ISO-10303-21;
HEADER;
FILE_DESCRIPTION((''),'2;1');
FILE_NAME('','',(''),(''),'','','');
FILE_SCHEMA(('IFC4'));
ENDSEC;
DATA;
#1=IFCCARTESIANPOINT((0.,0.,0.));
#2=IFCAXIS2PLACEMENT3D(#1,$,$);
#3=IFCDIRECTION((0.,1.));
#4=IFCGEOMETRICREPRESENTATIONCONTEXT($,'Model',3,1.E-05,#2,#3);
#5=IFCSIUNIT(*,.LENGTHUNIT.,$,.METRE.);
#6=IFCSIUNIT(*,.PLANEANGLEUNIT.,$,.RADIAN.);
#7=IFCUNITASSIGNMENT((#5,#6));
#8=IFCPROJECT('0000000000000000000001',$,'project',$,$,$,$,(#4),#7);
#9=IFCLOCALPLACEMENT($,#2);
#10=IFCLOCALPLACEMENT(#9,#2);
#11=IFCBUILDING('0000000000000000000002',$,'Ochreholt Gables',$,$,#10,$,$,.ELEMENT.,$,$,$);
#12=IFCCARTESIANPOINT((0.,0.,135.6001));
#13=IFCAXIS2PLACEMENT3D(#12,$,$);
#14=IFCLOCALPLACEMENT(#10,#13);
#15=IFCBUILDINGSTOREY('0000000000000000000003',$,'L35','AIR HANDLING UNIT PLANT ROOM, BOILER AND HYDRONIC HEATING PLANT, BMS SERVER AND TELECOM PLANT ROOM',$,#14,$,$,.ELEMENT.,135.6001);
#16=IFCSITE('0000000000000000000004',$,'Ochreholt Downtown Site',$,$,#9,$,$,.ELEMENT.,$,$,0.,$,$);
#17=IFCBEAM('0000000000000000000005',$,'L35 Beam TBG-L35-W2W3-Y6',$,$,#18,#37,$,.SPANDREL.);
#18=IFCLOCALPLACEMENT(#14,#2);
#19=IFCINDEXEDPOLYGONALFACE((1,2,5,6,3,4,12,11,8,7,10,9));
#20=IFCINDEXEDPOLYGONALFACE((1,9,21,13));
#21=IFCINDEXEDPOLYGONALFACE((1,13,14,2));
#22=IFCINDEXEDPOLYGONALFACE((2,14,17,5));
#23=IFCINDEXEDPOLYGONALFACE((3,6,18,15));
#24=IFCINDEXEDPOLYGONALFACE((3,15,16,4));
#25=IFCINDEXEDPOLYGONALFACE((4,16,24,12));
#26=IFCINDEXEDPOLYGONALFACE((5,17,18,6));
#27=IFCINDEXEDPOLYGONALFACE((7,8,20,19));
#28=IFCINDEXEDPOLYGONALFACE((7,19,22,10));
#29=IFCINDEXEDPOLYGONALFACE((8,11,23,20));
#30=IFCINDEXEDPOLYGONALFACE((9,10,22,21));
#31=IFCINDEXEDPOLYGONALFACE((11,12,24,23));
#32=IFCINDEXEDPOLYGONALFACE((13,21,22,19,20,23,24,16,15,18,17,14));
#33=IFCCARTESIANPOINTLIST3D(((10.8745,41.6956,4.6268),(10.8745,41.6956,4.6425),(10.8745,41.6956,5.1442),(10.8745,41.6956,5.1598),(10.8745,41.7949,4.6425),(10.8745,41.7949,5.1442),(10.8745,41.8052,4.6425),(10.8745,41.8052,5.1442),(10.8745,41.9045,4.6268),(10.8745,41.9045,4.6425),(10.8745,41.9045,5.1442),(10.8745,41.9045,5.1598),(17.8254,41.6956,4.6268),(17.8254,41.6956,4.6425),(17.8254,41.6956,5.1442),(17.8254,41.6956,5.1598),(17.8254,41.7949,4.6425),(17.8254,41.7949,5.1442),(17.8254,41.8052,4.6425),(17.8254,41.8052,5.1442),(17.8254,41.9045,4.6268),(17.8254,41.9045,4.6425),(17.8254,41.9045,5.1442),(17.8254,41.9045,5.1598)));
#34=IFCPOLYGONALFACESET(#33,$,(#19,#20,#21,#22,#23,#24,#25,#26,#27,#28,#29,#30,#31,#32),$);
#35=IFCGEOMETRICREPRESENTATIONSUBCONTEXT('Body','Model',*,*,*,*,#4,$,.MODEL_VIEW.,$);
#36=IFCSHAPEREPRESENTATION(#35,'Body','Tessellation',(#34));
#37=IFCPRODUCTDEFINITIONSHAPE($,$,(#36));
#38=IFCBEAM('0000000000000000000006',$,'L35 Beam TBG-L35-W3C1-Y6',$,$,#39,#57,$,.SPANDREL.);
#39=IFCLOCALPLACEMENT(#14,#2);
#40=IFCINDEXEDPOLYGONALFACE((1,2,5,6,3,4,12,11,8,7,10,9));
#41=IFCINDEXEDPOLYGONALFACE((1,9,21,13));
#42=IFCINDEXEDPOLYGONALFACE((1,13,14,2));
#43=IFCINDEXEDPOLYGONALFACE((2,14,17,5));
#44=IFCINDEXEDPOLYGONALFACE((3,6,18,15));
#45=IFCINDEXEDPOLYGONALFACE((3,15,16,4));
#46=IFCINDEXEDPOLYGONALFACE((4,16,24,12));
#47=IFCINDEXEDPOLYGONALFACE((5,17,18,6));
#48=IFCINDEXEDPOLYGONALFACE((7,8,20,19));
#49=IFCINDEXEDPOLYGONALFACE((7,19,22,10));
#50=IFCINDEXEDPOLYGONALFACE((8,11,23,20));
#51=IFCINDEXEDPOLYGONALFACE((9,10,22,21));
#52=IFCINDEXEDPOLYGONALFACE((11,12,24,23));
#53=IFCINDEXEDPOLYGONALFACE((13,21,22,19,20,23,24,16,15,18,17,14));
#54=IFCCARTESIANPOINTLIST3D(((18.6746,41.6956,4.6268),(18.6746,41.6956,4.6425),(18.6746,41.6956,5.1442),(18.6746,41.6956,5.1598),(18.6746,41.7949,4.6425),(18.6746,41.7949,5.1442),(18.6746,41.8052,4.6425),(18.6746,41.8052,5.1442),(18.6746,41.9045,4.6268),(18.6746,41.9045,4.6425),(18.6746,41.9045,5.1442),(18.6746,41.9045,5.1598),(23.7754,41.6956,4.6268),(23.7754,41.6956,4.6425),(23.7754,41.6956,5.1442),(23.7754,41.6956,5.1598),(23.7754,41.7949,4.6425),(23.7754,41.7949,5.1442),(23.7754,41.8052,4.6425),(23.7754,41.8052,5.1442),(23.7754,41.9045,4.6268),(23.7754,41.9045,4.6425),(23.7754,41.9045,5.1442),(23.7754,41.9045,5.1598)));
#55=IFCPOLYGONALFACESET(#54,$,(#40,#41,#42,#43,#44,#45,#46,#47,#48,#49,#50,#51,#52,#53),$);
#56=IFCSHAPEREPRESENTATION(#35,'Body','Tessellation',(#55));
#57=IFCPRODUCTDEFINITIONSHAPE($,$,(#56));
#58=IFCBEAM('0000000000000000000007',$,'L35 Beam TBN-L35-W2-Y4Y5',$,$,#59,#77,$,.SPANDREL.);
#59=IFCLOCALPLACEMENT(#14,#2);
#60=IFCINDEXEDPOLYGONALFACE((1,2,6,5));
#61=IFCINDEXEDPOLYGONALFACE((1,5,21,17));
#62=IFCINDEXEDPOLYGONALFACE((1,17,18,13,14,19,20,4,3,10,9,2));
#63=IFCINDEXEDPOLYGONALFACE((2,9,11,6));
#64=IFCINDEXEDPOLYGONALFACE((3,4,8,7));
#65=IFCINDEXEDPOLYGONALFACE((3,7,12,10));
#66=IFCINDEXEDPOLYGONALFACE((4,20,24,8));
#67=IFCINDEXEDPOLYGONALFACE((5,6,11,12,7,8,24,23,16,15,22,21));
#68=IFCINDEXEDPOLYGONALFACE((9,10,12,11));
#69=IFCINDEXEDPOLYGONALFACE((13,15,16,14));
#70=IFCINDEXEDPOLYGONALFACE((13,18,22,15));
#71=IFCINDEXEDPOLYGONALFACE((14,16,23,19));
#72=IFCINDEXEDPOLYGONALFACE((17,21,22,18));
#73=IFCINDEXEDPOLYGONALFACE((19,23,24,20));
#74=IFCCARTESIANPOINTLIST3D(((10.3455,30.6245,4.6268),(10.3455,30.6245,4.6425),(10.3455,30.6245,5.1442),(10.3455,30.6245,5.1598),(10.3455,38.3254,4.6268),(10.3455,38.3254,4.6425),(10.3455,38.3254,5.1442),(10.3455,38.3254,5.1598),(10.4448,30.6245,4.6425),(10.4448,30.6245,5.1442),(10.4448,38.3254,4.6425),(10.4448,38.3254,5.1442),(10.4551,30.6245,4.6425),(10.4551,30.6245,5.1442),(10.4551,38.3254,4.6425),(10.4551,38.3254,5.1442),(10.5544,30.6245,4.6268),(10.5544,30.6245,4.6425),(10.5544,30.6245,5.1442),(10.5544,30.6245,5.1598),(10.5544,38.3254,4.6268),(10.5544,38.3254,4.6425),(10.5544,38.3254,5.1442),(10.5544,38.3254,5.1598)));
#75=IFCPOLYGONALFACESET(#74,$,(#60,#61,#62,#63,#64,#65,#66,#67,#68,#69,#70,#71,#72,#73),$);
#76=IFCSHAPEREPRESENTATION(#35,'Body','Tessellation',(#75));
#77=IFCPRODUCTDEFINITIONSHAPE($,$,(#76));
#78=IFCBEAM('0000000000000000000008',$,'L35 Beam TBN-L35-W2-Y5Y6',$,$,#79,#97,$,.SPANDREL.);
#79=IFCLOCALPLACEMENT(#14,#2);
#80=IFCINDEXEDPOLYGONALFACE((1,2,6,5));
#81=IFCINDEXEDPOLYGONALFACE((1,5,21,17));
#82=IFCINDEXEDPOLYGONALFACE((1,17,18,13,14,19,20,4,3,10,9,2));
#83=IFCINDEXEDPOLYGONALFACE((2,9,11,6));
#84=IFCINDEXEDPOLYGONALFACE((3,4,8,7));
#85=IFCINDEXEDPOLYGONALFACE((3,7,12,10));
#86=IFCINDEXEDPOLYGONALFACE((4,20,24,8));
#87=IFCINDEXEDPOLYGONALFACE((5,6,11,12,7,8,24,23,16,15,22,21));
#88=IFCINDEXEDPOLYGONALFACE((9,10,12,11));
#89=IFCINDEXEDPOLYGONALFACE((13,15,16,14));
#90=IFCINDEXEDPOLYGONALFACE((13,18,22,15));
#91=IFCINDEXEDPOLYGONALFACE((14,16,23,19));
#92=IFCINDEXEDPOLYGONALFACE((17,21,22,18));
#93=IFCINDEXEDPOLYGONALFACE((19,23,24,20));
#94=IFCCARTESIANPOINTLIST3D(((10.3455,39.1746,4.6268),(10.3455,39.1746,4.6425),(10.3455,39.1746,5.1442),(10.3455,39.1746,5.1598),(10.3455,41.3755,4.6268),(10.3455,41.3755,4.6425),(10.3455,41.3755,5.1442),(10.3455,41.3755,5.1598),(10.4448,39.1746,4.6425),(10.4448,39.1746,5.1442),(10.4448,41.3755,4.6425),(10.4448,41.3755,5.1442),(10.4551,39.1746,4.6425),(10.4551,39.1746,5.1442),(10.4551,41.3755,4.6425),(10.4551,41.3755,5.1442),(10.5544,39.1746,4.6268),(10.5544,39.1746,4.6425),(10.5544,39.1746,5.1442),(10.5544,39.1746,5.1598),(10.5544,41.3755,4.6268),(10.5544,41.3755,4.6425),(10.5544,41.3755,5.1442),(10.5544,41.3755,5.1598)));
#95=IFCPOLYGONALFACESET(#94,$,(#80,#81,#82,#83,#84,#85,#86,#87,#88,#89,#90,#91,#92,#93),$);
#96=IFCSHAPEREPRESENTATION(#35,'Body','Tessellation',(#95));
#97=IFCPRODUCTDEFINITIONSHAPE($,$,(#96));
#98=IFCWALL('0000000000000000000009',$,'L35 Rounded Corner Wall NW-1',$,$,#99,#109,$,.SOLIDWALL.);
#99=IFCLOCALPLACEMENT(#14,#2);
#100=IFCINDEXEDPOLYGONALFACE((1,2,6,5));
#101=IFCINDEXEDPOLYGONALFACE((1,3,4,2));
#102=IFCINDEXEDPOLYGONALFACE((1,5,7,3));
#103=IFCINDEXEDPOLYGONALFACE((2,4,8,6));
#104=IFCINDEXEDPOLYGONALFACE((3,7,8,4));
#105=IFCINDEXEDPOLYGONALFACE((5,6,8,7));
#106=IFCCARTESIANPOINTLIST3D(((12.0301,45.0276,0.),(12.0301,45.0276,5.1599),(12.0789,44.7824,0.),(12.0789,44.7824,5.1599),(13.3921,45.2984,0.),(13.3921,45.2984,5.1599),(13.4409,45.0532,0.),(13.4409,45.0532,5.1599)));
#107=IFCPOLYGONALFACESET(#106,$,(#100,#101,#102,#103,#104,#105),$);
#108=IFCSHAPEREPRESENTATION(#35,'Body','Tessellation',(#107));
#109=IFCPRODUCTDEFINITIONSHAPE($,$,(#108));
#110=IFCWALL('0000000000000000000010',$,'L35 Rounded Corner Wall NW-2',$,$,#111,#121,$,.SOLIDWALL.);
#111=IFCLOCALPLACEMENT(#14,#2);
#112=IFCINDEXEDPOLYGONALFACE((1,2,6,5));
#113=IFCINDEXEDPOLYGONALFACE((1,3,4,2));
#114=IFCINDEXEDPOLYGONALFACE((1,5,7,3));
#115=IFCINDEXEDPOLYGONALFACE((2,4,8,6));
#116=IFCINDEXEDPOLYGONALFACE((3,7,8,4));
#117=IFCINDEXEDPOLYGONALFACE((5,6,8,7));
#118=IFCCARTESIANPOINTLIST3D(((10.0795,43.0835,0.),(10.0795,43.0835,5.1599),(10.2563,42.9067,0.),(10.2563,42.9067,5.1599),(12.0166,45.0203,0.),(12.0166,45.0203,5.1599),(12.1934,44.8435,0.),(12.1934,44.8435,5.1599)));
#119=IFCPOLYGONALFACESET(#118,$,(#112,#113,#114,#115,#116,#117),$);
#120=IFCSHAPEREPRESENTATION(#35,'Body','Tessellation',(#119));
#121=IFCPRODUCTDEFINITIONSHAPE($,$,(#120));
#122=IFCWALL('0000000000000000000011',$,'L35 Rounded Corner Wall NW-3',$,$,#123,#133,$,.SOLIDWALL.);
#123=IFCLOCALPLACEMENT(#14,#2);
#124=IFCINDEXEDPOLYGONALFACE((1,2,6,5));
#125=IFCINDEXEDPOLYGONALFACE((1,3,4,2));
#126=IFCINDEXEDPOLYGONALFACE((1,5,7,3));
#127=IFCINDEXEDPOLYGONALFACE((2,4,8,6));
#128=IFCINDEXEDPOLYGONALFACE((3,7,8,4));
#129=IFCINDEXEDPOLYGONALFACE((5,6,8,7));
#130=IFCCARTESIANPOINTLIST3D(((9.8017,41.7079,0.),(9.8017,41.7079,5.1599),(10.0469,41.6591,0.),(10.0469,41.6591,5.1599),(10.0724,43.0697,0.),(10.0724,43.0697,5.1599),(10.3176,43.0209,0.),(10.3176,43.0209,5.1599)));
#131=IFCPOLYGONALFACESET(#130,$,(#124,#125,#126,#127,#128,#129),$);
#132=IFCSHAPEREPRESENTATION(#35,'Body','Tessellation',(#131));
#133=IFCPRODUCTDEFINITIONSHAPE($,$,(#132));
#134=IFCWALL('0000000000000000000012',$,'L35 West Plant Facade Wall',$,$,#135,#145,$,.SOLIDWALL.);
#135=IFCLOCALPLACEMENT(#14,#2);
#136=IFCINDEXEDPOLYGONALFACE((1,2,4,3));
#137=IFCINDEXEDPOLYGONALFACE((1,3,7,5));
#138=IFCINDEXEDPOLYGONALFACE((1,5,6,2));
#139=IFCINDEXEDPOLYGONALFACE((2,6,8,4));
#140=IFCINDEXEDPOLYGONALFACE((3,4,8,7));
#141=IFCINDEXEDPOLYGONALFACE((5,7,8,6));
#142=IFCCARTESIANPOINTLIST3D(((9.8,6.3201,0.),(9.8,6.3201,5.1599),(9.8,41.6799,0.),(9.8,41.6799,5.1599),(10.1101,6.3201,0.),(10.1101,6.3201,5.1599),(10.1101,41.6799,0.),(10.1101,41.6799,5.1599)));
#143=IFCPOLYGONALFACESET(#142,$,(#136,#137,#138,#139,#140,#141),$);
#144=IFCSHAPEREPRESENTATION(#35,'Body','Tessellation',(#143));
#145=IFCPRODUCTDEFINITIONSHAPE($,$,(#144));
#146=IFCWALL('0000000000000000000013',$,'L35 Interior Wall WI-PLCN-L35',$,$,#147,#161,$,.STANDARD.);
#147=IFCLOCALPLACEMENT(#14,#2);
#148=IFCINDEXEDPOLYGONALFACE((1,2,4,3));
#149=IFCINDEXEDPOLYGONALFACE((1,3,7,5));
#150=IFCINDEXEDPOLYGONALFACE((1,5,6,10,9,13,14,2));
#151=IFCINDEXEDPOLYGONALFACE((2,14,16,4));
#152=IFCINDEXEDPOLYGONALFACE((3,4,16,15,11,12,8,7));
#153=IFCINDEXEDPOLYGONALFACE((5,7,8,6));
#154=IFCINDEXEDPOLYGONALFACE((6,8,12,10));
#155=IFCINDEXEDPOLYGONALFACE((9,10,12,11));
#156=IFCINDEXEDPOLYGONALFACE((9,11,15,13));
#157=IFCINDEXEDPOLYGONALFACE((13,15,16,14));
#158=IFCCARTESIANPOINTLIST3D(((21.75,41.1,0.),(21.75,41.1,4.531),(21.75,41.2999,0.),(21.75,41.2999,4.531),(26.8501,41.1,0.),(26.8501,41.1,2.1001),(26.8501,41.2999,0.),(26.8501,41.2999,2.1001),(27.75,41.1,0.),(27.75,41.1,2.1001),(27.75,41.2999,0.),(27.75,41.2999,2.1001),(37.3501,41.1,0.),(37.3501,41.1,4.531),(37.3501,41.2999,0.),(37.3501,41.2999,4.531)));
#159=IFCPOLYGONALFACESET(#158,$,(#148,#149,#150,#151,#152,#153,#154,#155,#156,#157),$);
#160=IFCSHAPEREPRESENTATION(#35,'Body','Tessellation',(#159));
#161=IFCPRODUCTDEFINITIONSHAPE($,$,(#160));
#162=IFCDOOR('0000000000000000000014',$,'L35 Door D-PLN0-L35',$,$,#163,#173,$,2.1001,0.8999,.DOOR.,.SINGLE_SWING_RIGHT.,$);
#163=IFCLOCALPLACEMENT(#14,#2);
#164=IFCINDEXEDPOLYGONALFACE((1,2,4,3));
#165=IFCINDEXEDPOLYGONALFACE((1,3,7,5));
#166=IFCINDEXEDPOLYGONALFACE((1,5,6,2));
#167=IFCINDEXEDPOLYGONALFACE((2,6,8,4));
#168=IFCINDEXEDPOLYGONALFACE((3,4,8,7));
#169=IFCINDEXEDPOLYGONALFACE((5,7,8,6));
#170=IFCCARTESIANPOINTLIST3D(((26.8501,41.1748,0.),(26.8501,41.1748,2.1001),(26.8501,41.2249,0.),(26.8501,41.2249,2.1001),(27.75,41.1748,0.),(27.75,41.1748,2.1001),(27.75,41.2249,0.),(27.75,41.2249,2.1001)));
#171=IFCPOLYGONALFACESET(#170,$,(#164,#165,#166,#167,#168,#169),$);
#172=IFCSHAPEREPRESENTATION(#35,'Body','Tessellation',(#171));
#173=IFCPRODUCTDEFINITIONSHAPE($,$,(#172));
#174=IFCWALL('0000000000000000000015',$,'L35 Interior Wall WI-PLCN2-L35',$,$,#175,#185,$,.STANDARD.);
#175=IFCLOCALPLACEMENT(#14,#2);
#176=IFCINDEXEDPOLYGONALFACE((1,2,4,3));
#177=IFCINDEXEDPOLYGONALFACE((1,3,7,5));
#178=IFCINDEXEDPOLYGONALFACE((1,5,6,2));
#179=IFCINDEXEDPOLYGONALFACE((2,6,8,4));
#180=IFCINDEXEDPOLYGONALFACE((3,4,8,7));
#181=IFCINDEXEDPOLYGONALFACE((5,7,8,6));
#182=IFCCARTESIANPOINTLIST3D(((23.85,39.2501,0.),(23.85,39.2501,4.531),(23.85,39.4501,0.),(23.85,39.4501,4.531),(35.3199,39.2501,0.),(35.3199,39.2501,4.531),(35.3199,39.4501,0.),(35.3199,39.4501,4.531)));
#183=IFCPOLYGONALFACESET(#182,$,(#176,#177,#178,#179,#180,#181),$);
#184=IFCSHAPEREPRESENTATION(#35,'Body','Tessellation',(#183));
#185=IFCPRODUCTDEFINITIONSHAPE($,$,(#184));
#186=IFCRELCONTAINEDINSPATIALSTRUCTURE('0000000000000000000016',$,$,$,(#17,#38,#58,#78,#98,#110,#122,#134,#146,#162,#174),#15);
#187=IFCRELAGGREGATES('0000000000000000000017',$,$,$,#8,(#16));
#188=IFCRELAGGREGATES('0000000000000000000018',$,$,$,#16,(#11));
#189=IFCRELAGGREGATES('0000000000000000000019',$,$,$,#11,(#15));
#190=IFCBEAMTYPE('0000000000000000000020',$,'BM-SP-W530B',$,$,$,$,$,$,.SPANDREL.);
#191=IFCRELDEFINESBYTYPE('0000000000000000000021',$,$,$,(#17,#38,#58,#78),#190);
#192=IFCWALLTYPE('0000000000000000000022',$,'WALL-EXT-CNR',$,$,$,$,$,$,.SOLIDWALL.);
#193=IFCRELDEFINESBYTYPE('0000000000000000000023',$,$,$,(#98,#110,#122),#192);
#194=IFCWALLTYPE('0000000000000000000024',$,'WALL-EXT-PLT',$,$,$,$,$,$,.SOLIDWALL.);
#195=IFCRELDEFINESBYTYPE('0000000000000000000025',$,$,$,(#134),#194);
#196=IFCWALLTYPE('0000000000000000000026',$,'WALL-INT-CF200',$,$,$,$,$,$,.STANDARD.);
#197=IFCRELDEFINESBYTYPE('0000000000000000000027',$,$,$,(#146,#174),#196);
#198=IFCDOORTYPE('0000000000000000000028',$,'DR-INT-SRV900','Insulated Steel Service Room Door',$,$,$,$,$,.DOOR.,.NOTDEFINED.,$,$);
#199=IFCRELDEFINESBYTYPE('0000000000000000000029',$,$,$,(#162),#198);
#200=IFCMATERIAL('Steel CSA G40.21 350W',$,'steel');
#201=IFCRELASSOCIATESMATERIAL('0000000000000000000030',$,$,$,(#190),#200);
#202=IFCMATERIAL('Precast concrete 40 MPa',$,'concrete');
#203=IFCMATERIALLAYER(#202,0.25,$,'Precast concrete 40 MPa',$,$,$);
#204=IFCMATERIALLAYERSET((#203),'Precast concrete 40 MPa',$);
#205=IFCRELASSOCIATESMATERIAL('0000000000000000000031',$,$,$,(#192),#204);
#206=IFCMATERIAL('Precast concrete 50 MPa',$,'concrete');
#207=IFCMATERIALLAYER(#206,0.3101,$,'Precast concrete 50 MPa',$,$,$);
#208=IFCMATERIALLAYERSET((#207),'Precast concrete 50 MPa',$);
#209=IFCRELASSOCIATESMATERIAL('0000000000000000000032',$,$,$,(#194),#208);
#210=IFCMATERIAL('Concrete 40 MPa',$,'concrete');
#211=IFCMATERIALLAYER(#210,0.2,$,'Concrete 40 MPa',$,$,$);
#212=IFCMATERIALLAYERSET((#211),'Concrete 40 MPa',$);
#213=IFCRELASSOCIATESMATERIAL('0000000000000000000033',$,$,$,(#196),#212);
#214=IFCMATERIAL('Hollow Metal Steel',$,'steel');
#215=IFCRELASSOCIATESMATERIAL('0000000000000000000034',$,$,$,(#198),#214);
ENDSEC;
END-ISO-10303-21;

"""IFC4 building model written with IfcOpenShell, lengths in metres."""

from ifc_helpers import new_model, si_unit, direction, frame, frame_2d, origin, origin_2d, place, context, subcontext, project, spatial, rectangle, i_section, extrude, material, layer, layer_set, material_profile, profile_set, type_object, element, fill, save


model = new_model("IFC4")

# Units and contexts
model_context = context("Model", 3, precision=1e-05, world=origin(), true_north=direction((0.0, 1.0)))
body_context = subcontext(model_context, "Body", "Model", "MODEL_VIEW")
ifc_project = project(units=[si_unit("LENGTHUNIT", "METRE"), si_unit("PLANEANGLEUNIT", "RADIAN")], contexts=[model_context])

# Site, building, storey
site_placement = place(None, origin())
site = spatial("IfcSite", under=ifc_project, at=site_placement, Name="Ochreholt Downtown Site", CompositionType="ELEMENT", RefElevation=0.0)
building_placement = place(site_placement, origin())
building = spatial("IfcBuilding", under=site, at=building_placement, Name="Ochreholt Gables", CompositionType="ELEMENT")
storey_placement = place(building_placement, frame((0.0, 0.0, 135.6001)))
storey = spatial("IfcBuildingStorey", under=building, at=storey_placement, Name="L35", Description="AIR HANDLING UNIT PLANT ROOM, BOILER AND HYDRONIC HEATING PLANT, BMS SERVER AND TELECOM PLANT ROOM", CompositionType="ELEMENT", Elevation=135.6001)

# Beams
ifc_material_1 = material(Name="Steel CSA G40.21 350W", Category="steel")
ifc_material_profile_1 = material_profile(ifc_material_1, i_section(OverallWidth=0.209, OverallDepth=0.533, WebThickness=0.0103, FlangeThickness=0.0156, at=origin_2d()), Name="W530X92")
ifc_profile_set_1 = profile_set([ifc_material_profile_1], Name="Steel CSA G40.21 350W")
beam_type_1 = type_object("IfcBeamType", Name="BM-SP-W530B", PredefinedType="SPANDREL", material=ifc_profile_set_1)
beam_1_placement = place(storey_placement, frame((10.8745, 41.8, 4.8933), z_axis=(1.0, 0.0, 0.0), x_axis=(0.0, 1.0, 0.0)))
element("IfcBeam", 1, at=beam_1_placement, inside=storey, type_object=beam_type_1, Name="L35 Beam TBG-L35-W2W3-Y6", PredefinedType="SPANDREL", context=body_context, shape_type="SweptSolid", body=[
    extrude(i_section(OverallWidth=0.209, OverallDepth=0.533, WebThickness=0.0103, FlangeThickness=0.0156, at=origin_2d()), origin(), (0.0, 0.0, 1.0), 6.9509),
])
beam_2_placement = place(storey_placement, frame((18.6746, 41.8, 4.8933), z_axis=(1.0, 0.0, 0.0), x_axis=(0.0, 1.0, 0.0)))
element("IfcBeam", 2, at=beam_2_placement, inside=storey, type_object=beam_type_1, Name="L35 Beam TBG-L35-W3C1-Y6", PredefinedType="SPANDREL", context=body_context, shape_type="SweptSolid", body=[
    extrude(i_section(OverallWidth=0.209, OverallDepth=0.533, WebThickness=0.0103, FlangeThickness=0.0156, at=origin_2d()), origin(), (0.0, 0.0, 1.0), 5.1008),
])
beam_3_placement = place(storey_placement, frame((10.45, 30.6245, 4.8933), z_axis=(0.0, 1.0, 0.0), x_axis=(-1.0, 0.0, 0.0)))
element("IfcBeam", 3, at=beam_3_placement, inside=storey, type_object=beam_type_1, Name="L35 Beam TBN-L35-W2-Y4Y5", PredefinedType="SPANDREL", context=body_context, shape_type="SweptSolid", body=[
    extrude(i_section(OverallWidth=0.209, OverallDepth=0.533, WebThickness=0.0103, FlangeThickness=0.0156, at=origin_2d()), origin(), (0.0, 0.0, 1.0), 7.7009),
])
beam_4_placement = place(storey_placement, frame((10.45, 39.1746, 4.8933), z_axis=(0.0, 1.0, 0.0), x_axis=(-1.0, 0.0, 0.0)))
element("IfcBeam", 4, at=beam_4_placement, inside=storey, type_object=beam_type_1, Name="L35 Beam TBN-L35-W2-Y5Y6", PredefinedType="SPANDREL", context=body_context, shape_type="SweptSolid", body=[
    extrude(i_section(OverallWidth=0.209, OverallDepth=0.533, WebThickness=0.0103, FlangeThickness=0.0156, at=origin_2d()), origin(), (0.0, 0.0, 1.0), 2.2009),
])

# Walls
ifc_material_2 = material(Name="Precast concrete 40 MPa", Category="concrete")
ifc_layer_1 = layer(ifc_material_2, 0.25, Name="Precast concrete 40 MPa")
ifc_layer_set_1 = layer_set([ifc_layer_1], Name="Precast concrete 40 MPa")
wall_type_1 = type_object("IfcWallType", Name="WALL-EXT-CNR", PredefinedType="SOLIDWALL", material=ifc_layer_set_1)
wall_1_placement = place(storey_placement, frame((13.4165, 45.1758, 0.0), z_axis=(0.0, 0.0, 1.0), x_axis=(-0.98081, -0.194967, 0.0)))
element("IfcWall", 5, at=wall_1_placement, inside=storey, type_object=wall_type_1, Name="L35 Rounded Corner Wall NW-1", PredefinedType="SOLIDWALL", context=body_context, shape_type="SweptSolid", body=[
    extrude(rectangle(XDim=1.3887, YDim=0.25, at=frame_2d((0.6943, 0.0))), origin(), (0.0, 0.0, 1.0), 5.1599),
])
wall_2_placement = place(storey_placement, frame((12.105, 44.9319, 0.0), z_axis=(0.0, 0.0, 1.0), x_axis=(-0.707151, -0.707062, 0.0)))
element("IfcWall", 6, at=wall_2_placement, inside=storey, type_object=wall_type_1, Name="L35 Rounded Corner Wall NW-2", PredefinedType="SOLIDWALL", context=body_context, shape_type="SweptSolid", body=[
    extrude(rectangle(XDim=2.7393, YDim=0.25, at=frame_2d((1.3696, 0.0))), origin(), (0.0, 0.0, 1.0), 5.1599),
])
wall_3_placement = place(storey_placement, frame((10.1951, 43.0454, 0.0), z_axis=(0.0, 0.0, 1.0), x_axis=(-0.195, -0.980803, 0.0)))
element("IfcWall", 7, at=wall_3_placement, inside=storey, type_object=wall_type_1, Name="L35 Rounded Corner Wall NW-3", PredefinedType="SOLIDWALL", context=body_context, shape_type="SweptSolid", body=[
    extrude(rectangle(XDim=1.3884, YDim=0.25, at=frame_2d((0.6943, 0.0))), origin(), (0.0, 0.0, 1.0), 5.1599),
])
ifc_material_3 = material(Name="Precast concrete 50 MPa", Category="concrete")
ifc_layer_2 = layer(ifc_material_3, 0.3101, Name="Precast concrete 50 MPa")
ifc_layer_set_2 = layer_set([ifc_layer_2], Name="Precast concrete 50 MPa")
wall_type_2 = type_object("IfcWallType", Name="WALL-EXT-PLT", PredefinedType="SOLIDWALL", material=ifc_layer_set_2)
wall_4_placement = place(storey_placement, frame((9.9551, 41.6799, 0.0), z_axis=(0.0, 0.0, 1.0), x_axis=(0.0, -1.0, 0.0)))
element("IfcWall", 8, at=wall_4_placement, inside=storey, type_object=wall_type_2, Name="L35 West Plant Facade Wall", PredefinedType="SOLIDWALL", context=body_context, shape_type="SweptSolid", body=[
    extrude(rectangle(XDim=35.3599, YDim=0.3101, at=frame_2d((17.6799, 0.0))), origin(), (0.0, 0.0, 1.0), 5.1599),
])

# Wall, opening, door
ifc_material_4 = material(Name="Concrete 40 MPa", Category="concrete")
ifc_layer_3 = layer(ifc_material_4, 0.2, Name="Concrete 40 MPa")
ifc_layer_set_3 = layer_set([ifc_layer_3], Name="Concrete 40 MPa")
wall_type_3 = type_object("IfcWallType", Name="WALL-INT-CF200", PredefinedType="STANDARD", material=ifc_layer_set_3)
wall_5_placement = place(storey_placement, frame((21.75, 41.2, 0.0), z_axis=(0.0, 0.0, 1.0), x_axis=(1.0, 0.0, 0.0)))
wall_5 = element("IfcWall", 9, at=wall_5_placement, inside=storey, type_object=wall_type_3, Name="L35 Interior Wall WI-PLCN-L35", PredefinedType="STANDARD", context=body_context, shape_type="SweptSolid", body=[
    extrude(rectangle(XDim=15.6001, YDim=0.2, at=frame_2d((7.8, 0.0))), origin(), (0.0, 0.0, 1.0), 4.531),
])
opening_placement = place(wall_5_placement, frame((5.1001, 0.0, 0.0)))
opening = element("IfcOpeningElement", 10, at=opening_placement, cuts=wall_5, PredefinedType="OPENING", context=body_context, shape_type="SweptSolid", body=[
    extrude(rectangle(XDim=0.8999, YDim=2.1001, at=frame_2d((0.45, 1.05))), frame((0.0, 0.1099, 0.0), z_axis=(0.0, -1.0, 0.0), x_axis=(1.0, 0.0, 0.0)), (0.0, 0.0, 1.0), 0.22),
])
ifc_material_5 = material(Name="Hollow Metal Steel", Category="steel")
door_type = type_object("IfcDoorType", Name="DR-INT-SRV900", Description="Insulated Steel Service Room Door", OperationType="NOTDEFINED", PredefinedType="DOOR", material=ifc_material_5)
door_placement = place(opening_placement, origin())
door = element("IfcDoor", 11, at=door_placement, inside=storey, type_object=door_type, Name="L35 Door D-PLN0-L35", OperationType="SINGLE_SWING_RIGHT", OverallHeight=2.1001, OverallWidth=0.8999, PredefinedType="DOOR", context=body_context, shape_type="SweptSolid", body=[
    extrude(rectangle(XDim=0.8999, YDim=2.1001, at=frame_2d((0.45, 1.05))), frame((0.0, 0.0249, 0.0), z_axis=(0.0, -1.0, 0.0), x_axis=(1.0, 0.0, 0.0)), (0.0, 0.0, 1.0), 0.05),
])
fill(opening, door)

# Wall
wall_6_placement = place(storey_placement, frame((23.8501, 39.3501, 0.0), z_axis=(0.0, 0.0, 1.0), x_axis=(1.0, 0.0, 0.0)))
element("IfcWall", 12, at=wall_6_placement, inside=storey, type_object=wall_type_3, Name="L35 Interior Wall WI-PLCN2-L35", PredefinedType="STANDARD", context=body_context, shape_type="SweptSolid", body=[
    extrude(rectangle(XDim=11.47, YDim=0.2, at=frame_2d((5.7349, 0.0))), origin(), (0.0, 0.0, 1.0), 4.531),
])

save(model, "model.ifc")
